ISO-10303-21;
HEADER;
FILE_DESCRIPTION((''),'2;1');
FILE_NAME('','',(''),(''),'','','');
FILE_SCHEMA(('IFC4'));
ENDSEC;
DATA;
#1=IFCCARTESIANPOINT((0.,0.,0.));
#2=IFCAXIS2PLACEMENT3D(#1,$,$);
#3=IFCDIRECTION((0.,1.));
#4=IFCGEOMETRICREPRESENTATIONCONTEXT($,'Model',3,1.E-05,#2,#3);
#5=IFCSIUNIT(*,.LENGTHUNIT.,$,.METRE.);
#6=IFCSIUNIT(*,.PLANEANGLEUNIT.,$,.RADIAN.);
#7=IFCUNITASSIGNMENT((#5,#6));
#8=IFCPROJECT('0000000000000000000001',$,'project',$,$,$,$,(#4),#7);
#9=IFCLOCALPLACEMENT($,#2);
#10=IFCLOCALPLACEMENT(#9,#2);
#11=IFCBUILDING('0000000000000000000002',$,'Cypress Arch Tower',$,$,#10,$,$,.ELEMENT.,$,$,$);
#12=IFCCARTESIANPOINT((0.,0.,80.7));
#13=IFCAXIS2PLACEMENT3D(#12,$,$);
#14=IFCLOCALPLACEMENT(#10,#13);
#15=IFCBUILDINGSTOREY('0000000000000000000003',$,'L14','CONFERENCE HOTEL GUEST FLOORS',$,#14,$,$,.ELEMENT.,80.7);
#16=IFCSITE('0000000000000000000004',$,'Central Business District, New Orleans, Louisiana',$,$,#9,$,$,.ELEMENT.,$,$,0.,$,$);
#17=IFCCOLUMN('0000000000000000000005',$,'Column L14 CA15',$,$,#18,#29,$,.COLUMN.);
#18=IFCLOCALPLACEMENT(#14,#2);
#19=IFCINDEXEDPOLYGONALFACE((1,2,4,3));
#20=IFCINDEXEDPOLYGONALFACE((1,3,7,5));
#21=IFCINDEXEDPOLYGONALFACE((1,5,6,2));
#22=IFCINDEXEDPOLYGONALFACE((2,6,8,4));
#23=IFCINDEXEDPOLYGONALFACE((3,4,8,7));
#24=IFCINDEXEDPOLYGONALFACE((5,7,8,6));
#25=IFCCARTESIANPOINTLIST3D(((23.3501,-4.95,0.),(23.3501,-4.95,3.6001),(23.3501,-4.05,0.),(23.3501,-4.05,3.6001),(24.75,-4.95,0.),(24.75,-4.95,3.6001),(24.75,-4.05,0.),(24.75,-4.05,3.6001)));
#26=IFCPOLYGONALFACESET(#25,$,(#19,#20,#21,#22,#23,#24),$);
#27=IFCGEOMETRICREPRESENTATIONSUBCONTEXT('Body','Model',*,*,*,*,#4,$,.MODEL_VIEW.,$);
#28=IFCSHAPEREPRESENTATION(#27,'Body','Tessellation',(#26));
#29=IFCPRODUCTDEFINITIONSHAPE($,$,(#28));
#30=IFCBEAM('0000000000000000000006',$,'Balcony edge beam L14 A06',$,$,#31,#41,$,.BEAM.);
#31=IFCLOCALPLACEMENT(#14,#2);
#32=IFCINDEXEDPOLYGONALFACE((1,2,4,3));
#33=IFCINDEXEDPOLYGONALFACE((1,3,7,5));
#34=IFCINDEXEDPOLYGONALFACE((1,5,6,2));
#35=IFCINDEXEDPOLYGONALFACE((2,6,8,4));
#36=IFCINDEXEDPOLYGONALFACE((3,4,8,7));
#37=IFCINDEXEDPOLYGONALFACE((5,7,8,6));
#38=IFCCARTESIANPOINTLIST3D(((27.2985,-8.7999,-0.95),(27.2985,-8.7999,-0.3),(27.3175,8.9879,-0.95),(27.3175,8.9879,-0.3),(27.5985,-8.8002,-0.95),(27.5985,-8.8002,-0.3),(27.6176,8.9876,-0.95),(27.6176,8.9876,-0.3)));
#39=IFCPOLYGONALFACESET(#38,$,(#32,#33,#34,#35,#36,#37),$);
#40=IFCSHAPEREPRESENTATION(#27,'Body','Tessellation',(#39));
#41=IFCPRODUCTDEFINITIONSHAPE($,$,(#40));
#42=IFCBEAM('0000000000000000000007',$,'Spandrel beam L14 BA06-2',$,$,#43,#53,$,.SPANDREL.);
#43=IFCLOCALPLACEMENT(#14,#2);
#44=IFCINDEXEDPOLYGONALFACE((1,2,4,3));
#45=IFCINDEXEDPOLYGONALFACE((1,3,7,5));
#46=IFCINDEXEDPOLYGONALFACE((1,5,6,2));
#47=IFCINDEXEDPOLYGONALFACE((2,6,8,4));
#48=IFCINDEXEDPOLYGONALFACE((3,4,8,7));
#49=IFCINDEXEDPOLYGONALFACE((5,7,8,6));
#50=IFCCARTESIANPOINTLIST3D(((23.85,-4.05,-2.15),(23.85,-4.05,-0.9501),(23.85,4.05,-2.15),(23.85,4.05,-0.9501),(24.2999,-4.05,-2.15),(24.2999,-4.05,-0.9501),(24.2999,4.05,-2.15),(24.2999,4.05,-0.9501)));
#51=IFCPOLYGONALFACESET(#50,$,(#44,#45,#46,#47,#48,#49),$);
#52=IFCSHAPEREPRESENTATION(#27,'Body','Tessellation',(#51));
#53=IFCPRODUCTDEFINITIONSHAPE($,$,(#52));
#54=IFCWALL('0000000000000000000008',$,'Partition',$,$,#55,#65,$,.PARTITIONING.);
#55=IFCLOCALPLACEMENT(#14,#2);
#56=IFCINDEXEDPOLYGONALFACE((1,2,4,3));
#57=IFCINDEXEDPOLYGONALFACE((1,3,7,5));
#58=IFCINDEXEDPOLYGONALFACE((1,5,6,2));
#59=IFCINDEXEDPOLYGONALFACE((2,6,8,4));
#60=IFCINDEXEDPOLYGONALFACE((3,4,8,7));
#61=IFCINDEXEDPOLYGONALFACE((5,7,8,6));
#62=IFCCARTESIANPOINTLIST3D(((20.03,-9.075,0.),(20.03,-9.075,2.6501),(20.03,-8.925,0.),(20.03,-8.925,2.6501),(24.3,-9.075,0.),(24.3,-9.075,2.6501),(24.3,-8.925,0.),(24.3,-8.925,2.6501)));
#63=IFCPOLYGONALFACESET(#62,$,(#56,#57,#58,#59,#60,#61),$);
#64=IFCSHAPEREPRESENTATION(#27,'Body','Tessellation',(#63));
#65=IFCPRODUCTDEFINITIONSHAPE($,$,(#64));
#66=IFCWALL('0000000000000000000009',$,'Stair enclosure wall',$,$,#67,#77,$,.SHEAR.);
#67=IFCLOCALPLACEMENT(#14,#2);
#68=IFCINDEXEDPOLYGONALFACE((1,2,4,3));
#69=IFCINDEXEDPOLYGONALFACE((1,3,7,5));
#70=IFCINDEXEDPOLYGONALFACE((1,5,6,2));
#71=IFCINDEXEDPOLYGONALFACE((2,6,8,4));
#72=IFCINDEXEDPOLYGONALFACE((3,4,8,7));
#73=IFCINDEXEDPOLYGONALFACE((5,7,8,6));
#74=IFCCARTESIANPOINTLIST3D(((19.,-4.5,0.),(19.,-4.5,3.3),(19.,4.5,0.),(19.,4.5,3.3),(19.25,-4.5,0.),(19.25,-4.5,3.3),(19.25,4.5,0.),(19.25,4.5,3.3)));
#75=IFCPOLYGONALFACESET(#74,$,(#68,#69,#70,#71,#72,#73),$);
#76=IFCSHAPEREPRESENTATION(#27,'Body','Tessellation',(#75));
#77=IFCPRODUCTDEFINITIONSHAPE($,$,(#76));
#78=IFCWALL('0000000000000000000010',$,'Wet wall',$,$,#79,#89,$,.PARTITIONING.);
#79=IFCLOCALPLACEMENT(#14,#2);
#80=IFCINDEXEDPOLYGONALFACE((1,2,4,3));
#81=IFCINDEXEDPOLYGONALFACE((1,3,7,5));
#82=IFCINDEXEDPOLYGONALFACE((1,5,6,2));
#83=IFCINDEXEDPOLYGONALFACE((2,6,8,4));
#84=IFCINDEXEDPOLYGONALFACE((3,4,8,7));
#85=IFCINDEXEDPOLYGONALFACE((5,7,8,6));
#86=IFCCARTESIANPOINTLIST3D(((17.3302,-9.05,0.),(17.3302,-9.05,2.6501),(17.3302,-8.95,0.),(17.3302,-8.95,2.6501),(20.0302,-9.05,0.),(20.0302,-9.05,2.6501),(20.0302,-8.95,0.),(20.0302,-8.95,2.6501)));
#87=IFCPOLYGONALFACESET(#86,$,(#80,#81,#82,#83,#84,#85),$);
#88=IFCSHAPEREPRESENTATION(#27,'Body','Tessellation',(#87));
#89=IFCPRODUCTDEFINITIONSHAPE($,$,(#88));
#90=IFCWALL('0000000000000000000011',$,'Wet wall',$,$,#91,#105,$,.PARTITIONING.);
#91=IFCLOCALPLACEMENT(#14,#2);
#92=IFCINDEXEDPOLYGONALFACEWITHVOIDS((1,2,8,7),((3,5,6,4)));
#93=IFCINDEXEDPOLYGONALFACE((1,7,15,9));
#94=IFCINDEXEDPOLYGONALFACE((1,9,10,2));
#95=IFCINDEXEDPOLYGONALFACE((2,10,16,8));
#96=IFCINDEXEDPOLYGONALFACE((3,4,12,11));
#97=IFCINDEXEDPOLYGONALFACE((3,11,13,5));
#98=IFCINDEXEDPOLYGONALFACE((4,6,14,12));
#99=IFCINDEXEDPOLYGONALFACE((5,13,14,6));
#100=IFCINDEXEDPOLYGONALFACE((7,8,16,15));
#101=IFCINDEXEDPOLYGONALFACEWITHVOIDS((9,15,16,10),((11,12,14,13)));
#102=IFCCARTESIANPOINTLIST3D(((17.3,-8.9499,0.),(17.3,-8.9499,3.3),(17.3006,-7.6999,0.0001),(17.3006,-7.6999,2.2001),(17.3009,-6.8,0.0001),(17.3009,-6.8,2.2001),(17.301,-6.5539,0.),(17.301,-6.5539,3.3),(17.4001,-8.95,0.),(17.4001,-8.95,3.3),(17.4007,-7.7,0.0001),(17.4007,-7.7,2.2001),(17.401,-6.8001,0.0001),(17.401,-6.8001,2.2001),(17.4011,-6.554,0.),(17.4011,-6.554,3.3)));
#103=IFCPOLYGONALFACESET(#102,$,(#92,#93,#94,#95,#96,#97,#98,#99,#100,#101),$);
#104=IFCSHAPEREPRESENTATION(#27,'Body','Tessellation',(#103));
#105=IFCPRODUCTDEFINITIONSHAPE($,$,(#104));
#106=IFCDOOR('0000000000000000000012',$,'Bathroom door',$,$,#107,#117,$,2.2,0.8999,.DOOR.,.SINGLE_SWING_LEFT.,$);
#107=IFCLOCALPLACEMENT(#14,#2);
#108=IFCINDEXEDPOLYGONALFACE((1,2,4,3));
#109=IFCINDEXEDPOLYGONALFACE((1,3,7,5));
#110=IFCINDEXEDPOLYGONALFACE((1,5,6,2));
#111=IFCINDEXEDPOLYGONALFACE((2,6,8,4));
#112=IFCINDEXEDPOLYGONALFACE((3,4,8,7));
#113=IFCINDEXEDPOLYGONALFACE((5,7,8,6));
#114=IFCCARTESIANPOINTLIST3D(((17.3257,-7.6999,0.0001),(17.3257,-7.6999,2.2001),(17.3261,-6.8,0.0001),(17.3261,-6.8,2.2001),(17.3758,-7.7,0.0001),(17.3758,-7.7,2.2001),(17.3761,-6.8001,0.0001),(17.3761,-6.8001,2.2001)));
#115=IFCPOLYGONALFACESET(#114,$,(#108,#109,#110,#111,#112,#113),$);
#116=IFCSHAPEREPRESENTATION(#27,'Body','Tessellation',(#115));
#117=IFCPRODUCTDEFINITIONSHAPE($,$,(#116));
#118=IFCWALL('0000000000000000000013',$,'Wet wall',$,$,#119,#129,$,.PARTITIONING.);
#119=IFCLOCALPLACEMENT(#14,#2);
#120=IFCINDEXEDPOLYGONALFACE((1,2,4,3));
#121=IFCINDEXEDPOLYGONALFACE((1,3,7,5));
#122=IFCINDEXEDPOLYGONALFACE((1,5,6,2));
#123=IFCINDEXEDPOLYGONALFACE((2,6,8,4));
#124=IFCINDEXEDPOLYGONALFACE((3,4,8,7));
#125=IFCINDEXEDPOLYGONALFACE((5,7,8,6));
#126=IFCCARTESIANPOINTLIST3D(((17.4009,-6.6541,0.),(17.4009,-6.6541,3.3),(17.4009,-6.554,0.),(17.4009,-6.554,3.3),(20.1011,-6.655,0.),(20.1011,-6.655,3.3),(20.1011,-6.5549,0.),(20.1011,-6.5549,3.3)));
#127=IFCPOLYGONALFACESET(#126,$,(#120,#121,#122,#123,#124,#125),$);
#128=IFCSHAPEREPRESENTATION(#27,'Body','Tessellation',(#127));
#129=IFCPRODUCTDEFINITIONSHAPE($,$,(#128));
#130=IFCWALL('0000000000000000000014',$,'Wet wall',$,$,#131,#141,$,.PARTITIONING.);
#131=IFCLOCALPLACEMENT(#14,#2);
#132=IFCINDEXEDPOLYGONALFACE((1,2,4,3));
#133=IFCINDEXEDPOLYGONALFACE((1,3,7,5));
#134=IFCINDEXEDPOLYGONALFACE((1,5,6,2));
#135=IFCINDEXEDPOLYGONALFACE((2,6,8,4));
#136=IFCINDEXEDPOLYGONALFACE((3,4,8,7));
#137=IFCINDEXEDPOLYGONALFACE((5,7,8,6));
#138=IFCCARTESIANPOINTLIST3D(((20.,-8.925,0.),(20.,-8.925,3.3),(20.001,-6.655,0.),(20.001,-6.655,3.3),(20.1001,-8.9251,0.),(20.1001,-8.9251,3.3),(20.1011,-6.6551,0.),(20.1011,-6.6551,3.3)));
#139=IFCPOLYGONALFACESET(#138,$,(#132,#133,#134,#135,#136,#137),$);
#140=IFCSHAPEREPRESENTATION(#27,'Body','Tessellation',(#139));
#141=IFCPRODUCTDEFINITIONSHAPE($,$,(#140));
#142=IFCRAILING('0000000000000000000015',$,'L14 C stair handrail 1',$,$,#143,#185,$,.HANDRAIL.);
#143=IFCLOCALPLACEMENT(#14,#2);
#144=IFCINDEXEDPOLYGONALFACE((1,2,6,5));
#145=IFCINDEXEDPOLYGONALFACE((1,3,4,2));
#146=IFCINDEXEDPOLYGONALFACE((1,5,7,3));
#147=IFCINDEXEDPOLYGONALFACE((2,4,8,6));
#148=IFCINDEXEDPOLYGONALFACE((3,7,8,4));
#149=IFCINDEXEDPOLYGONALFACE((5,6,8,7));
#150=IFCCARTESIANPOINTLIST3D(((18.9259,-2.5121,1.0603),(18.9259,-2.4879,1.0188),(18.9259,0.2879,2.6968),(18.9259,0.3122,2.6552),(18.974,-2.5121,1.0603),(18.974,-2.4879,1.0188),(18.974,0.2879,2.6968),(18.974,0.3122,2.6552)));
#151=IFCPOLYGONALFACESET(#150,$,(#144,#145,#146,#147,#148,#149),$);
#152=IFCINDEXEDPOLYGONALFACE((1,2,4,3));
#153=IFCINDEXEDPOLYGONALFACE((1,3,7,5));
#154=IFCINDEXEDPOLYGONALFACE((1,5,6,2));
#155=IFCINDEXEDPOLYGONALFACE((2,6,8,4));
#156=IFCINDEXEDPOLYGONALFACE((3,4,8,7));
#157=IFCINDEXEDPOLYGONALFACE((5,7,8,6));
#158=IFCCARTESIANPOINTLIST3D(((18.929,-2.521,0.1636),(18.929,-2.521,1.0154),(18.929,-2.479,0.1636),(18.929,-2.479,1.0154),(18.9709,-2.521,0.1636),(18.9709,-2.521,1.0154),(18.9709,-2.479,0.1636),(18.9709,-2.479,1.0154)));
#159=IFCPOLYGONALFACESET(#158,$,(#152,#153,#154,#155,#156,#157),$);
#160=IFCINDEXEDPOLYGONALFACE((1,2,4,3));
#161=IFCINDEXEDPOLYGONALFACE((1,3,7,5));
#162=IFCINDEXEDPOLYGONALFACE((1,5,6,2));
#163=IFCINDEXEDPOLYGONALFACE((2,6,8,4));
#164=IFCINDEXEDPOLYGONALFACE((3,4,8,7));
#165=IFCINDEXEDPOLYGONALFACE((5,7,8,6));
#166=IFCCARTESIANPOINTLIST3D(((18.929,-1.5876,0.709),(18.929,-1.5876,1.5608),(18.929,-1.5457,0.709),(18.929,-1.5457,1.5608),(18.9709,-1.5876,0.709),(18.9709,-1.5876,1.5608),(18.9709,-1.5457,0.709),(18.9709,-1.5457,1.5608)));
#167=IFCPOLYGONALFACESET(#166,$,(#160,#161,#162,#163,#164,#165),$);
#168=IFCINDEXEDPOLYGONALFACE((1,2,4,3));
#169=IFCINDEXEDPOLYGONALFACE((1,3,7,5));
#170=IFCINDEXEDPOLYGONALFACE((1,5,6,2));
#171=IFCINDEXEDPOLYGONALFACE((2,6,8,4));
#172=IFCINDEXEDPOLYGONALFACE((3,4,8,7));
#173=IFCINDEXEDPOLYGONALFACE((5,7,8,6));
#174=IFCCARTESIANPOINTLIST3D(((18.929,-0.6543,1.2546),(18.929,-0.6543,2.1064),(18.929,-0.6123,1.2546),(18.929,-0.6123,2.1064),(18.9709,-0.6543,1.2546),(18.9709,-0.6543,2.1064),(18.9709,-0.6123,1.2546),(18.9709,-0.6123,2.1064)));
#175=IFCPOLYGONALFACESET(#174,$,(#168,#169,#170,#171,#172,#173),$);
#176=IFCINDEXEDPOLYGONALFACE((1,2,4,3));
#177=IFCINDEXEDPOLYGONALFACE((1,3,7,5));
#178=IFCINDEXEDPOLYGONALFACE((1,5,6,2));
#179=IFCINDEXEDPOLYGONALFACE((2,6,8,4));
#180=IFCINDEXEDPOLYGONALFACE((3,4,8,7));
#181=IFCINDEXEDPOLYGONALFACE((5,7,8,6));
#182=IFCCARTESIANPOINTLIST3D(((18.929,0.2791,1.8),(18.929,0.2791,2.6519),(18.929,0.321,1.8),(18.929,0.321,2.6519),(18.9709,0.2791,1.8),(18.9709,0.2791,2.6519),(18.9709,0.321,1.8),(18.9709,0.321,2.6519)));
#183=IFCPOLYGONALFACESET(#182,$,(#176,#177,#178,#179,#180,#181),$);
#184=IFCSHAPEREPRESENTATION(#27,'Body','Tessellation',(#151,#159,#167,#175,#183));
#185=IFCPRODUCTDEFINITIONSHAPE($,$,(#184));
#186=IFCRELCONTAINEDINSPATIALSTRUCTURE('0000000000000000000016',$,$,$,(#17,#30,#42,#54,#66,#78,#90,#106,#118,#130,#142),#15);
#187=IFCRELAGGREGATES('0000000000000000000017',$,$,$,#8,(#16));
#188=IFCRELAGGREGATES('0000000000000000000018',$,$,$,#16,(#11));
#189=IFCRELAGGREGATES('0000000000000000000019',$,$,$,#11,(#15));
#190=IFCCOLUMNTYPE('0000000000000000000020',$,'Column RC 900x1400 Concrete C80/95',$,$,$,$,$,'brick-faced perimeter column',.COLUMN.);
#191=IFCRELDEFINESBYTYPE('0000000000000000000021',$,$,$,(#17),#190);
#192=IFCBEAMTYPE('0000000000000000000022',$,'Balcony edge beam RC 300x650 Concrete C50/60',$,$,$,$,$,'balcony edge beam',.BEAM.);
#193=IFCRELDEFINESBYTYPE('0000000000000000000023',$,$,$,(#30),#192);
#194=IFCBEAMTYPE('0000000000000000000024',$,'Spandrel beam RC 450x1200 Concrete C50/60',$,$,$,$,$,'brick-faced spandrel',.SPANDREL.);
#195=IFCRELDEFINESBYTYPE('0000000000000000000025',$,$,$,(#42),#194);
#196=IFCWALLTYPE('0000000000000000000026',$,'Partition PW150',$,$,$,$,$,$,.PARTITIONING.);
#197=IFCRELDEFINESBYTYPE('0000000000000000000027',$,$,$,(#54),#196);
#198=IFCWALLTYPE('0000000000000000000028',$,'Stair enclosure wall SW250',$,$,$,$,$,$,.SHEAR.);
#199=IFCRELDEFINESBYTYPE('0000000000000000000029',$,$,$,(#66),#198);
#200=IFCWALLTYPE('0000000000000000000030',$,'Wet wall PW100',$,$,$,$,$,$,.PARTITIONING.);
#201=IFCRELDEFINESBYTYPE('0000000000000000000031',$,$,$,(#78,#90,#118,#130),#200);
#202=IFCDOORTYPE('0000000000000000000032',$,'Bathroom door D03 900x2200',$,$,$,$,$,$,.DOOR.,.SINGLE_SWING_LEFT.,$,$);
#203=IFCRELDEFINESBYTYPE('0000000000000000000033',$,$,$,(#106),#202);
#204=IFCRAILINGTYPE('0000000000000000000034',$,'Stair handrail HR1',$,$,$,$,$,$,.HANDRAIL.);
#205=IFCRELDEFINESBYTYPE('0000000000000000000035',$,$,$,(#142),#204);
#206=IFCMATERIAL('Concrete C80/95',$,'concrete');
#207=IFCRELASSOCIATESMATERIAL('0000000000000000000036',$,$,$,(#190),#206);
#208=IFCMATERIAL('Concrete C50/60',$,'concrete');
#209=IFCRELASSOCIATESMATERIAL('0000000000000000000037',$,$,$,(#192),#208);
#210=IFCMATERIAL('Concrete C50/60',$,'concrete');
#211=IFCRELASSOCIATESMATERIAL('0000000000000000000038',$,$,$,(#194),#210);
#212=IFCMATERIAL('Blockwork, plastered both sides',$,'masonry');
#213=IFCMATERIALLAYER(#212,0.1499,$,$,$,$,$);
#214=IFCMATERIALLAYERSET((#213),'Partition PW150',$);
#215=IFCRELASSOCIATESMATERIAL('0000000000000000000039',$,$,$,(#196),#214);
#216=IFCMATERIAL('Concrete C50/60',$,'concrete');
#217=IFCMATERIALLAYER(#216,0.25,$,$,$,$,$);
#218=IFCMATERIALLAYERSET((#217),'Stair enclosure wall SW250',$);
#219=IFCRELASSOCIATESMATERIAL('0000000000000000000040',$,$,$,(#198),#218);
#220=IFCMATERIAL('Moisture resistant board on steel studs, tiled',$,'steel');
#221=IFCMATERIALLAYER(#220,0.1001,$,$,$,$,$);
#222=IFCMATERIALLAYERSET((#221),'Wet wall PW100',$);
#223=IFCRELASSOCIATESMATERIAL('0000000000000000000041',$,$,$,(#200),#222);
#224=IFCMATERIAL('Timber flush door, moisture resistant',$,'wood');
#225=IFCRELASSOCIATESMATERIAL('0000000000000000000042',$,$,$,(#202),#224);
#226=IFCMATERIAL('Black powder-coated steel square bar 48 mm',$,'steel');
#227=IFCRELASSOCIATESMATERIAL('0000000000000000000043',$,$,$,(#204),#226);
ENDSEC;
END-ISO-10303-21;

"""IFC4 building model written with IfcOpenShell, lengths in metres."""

from ifc_helpers import new_model, si_unit, direction, frame, frame_2d, origin, origin_2d, place, context, subcontext, project, spatial, rectangle, extrude, material, layer, layer_set, material_profile, profile_set, type_object, element, fill, save


model = new_model("IFC4")

# Units and contexts
model_context = context("Model", 3, precision=1e-05, world=origin(), true_north=direction((0.0, 1.0)))
body_context = subcontext(model_context, "Body", "Model", "MODEL_VIEW")
ifc_project = project(units=[si_unit("LENGTHUNIT", "METRE"), si_unit("PLANEANGLEUNIT", "RADIAN")], contexts=[model_context])

# Site, building, storey
site_placement = place(None, origin())
site = spatial("IfcSite", under=ifc_project, at=site_placement, Name="Central Business District, New Orleans, Louisiana", CompositionType="ELEMENT", RefElevation=0.0)
building_placement = place(site_placement, origin())
building = spatial("IfcBuilding", under=site, at=building_placement, Name="Cypress Arch Tower", CompositionType="ELEMENT")
storey_placement = place(building_placement, frame((0.0, 0.0, 80.7)))
storey = spatial("IfcBuildingStorey", under=building, at=storey_placement, Name="L14", Description="CONFERENCE HOTEL GUEST FLOORS", CompositionType="ELEMENT", Elevation=80.7)

# Column
ifc_material_1 = material(Name="Concrete C80/95", Category="concrete")
ifc_material_profile_1 = material_profile(ifc_material_1, rectangle(XDim=0.8999, YDim=1.3999, at=origin_2d()), Name="RC 900x1400")
ifc_profile_set_1 = profile_set([ifc_material_profile_1], Name="Concrete C80/95")
column_type = type_object("IfcColumnType", Name="Column RC 900x1400 Concrete C80/95", ElementType="brick-faced perimeter column", PredefinedType="COLUMN", material=ifc_profile_set_1)
column_placement = place(storey_placement, frame((24.05, -4.5, 0.0), z_axis=(0.0, 0.0, 1.0), x_axis=(0.0, 1.0, 0.0)))
element("IfcColumn", 1, at=column_placement, inside=storey, type_object=column_type, Name="Column L14 CA15", PredefinedType="COLUMN", context=body_context, shape_type="SweptSolid", body=[
    extrude(rectangle(XDim=0.8999, YDim=1.3999, at=origin_2d()), origin(), (0.0, 0.0, 1.0), 3.6001),
])

# Beams
ifc_material_2 = material(Name="Concrete C50/60", Category="concrete")
ifc_material_profile_2 = material_profile(ifc_material_2, rectangle(XDim=0.3, YDim=0.6499, at=origin_2d()), Name="RC 300x650")
ifc_profile_set_2 = profile_set([ifc_material_profile_2], Name="Concrete C50/60")
beam_type_1 = type_object("IfcBeamType", Name="Balcony edge beam RC 300x650 Concrete C50/60", ElementType="balcony edge beam", PredefinedType="BEAM", material=ifc_profile_set_2)
beam_1_placement = place(storey_placement, frame((27.4485, -8.8, -0.625), z_axis=(0.001071, 0.999999, 0.0), x_axis=(-0.999999, 0.001071, 0.0)))
element("IfcBeam", 2, at=beam_1_placement, inside=storey, type_object=beam_type_1, Name="Balcony edge beam L14 A06", PredefinedType="BEAM", context=body_context, shape_type="SweptSolid", body=[
    extrude(rectangle(XDim=0.3, YDim=0.6499, at=origin_2d()), origin(), (0.0, 0.0, 1.0), 17.7878),
])
ifc_material_3 = material(Name="Concrete C50/60", Category="concrete")
ifc_material_profile_3 = material_profile(ifc_material_3, rectangle(XDim=0.45, YDim=1.2, at=origin_2d()), Name="RC 450x1200")
ifc_profile_set_3 = profile_set([ifc_material_profile_3], Name="Concrete C50/60")
beam_type_2 = type_object("IfcBeamType", Name="Spandrel beam RC 450x1200 Concrete C50/60", ElementType="brick-faced spandrel", PredefinedType="SPANDREL", material=ifc_profile_set_3)
beam_2_placement = place(storey_placement, frame((24.075, -4.05, -1.55), z_axis=(0.0, 1.0, 0.0), x_axis=(-1.0, 0.0, 0.0)))
element("IfcBeam", 3, at=beam_2_placement, inside=storey, type_object=beam_type_2, Name="Spandrel beam L14 BA06-2", PredefinedType="SPANDREL", context=body_context, shape_type="SweptSolid", body=[
    extrude(rectangle(XDim=0.45, YDim=1.2, at=origin_2d()), origin(), (0.0, 0.0, 1.0), 8.1001),
])

# Walls
ifc_material_4 = material(Name="Blockwork, plastered both sides", Category="masonry")
ifc_layer_1 = layer(ifc_material_4, 0.1499)
ifc_layer_set_1 = layer_set([ifc_layer_1], Name="Partition PW150")
wall_type_1 = type_object("IfcWallType", Name="Partition PW150", PredefinedType="PARTITIONING", material=ifc_layer_set_1)
wall_1_placement = place(storey_placement, frame((20.03, -9.0, 0.0), z_axis=(0.0, 0.0, 1.0), x_axis=(1.0, 0.0, 0.0)))
element("IfcWall", 4, at=wall_1_placement, inside=storey, type_object=wall_type_1, Name="Partition", PredefinedType="PARTITIONING", context=body_context, shape_type="SweptSolid", body=[
    extrude(rectangle(XDim=4.27, YDim=0.1499, at=frame_2d((2.135, 0.0))), origin(), (0.0, 0.0, 1.0), 2.6501),
])
ifc_material_5 = material(Name="Concrete C50/60", Category="concrete")
ifc_layer_2 = layer(ifc_material_5, 0.25)
ifc_layer_set_2 = layer_set([ifc_layer_2], Name="Stair enclosure wall SW250")
wall_type_2 = type_object("IfcWallType", Name="Stair enclosure wall SW250", PredefinedType="SHEAR", material=ifc_layer_set_2)
wall_2_placement = place(storey_placement, frame((19.125, -4.5, 0.0), z_axis=(0.0, 0.0, 1.0), x_axis=(0.0, 1.0, 0.0)))
element("IfcWall", 5, at=wall_2_placement, inside=storey, type_object=wall_type_2, Name="Stair enclosure wall", PredefinedType="SHEAR", context=body_context, shape_type="SweptSolid", body=[
    extrude(rectangle(XDim=9.0, YDim=0.25, at=frame_2d((4.5, 0.0))), origin(), (0.0, 0.0, 1.0), 3.3),
])
ifc_material_6 = material(Name="Moisture resistant board on steel studs, tiled", Category="steel")
ifc_layer_3 = layer(ifc_material_6, 0.1001)
ifc_layer_set_3 = layer_set([ifc_layer_3], Name="Wet wall PW100")
wall_type_3 = type_object("IfcWallType", Name="Wet wall PW100", PredefinedType="PARTITIONING", material=ifc_layer_set_3)
wall_3_placement = place(storey_placement, frame((17.3301, -9.0, 0.0), z_axis=(0.0, 0.0, 1.0), x_axis=(1.0, 0.0, 0.0)))
element("IfcWall", 6, at=wall_3_placement, inside=storey, type_object=wall_type_3, Name="Wet wall", PredefinedType="PARTITIONING", context=body_context, shape_type="SweptSolid", body=[
    extrude(rectangle(XDim=2.7, YDim=0.1001, at=frame_2d((1.3501, 0.0))), origin(), (0.0, 0.0, 1.0), 2.6501),
])

# Wall, opening, door
wall_4_placement = place(storey_placement, frame((17.3501, -8.95, 0.0), z_axis=(0.0, 0.0, 1.0), x_axis=(0.000408, 1.0, 0.0)))
wall_4 = element("IfcWall", 7, at=wall_4_placement, inside=storey, type_object=wall_type_3, Name="Wet wall", PredefinedType="PARTITIONING", context=body_context, shape_type="SweptSolid", body=[
    extrude(rectangle(XDim=2.396, YDim=0.1001, at=frame_2d((1.198, 0.0))), origin(), (0.0, 0.0, 1.0), 3.3),
])
opening_1_placement = place(wall_4_placement, frame((1.25, 0.0, 0.0)))
opening_1 = element("IfcOpeningElement", 8, at=opening_1_placement, cuts=wall_4, PredefinedType="OPENING", context=body_context, shape_type="SweptSolid", body=[
    extrude(rectangle(XDim=0.8999, YDim=2.2, at=frame_2d((0.45, 1.1001))), frame((0.0, 0.0601, 0.0), z_axis=(0.0, -1.0, 0.0), x_axis=(1.0, 0.0, 0.0)), (0.0, 0.0, 1.0), 0.1201),
])
ifc_material_7 = material(Name="Timber flush door, moisture resistant", Category="wood")
door_type_1 = type_object("IfcDoorType", Name="Bathroom door D03 900x2200", OperationType="SINGLE_SWING_LEFT", PredefinedType="DOOR", material=ifc_material_7)
door_1_placement = place(opening_1_placement, origin())
door_1 = element("IfcDoor", 9, at=door_1_placement, inside=storey, type_object=door_type_1, Name="Bathroom door", OperationType="SINGLE_SWING_LEFT", OverallHeight=2.2, OverallWidth=0.8999, PredefinedType="DOOR", context=body_context, shape_type="SweptSolid", body=[
    extrude(rectangle(XDim=0.8999, YDim=2.2, at=frame_2d((0.45, 1.1001))), frame((0.0, 0.0249, 0.0), z_axis=(0.0, -1.0, 0.0), x_axis=(1.0, 0.0, 0.0)), (0.0, 0.0, 1.0), 0.05),
])
fill(opening_1, door_1)

# Walls
wall_5_placement = place(storey_placement, frame((17.4009, -6.604, 0.0), z_axis=(0.0, 0.0, 1.0), x_axis=(1.0, -0.000362, 0.0)))
element("IfcWall", 10, at=wall_5_placement, inside=storey, type_object=wall_type_3, Name="Wet wall", PredefinedType="PARTITIONING", context=body_context, shape_type="SweptSolid", body=[
    extrude(rectangle(XDim=2.7002, YDim=0.1001, at=frame_2d((1.3501, 0.0))), origin(), (0.0, 0.0, 1.0), 3.3),
])
wall_6_placement = place(storey_placement, frame((20.05, -8.925, 0.0), z_axis=(0.0, 0.0, 1.0), x_axis=(0.00043, 1.0, 0.0)))
element("IfcWall", 11, at=wall_6_placement, inside=storey, type_object=wall_type_3, Name="Wet wall", PredefinedType="PARTITIONING", context=body_context, shape_type="SweptSolid", body=[
    extrude(rectangle(XDim=2.27, YDim=0.1001, at=frame_2d((1.135, 0.0))), origin(), (0.0, 0.0, 1.0), 3.3),
])

# Railing
ifc_material_8 = material(Name="Black powder-coated steel square bar 48 mm", Category="steel")
railing_type_1 = type_object("IfcRailingType", Name="Stair handrail HR1", PredefinedType="HANDRAIL", material=ifc_material_8)
railing_1_placement = place(storey_placement, frame((18.95, -2.5, 0.1636)))
element("IfcRailing", 12, at=railing_1_placement, inside=storey, type_object=railing_type_1, Name="L14 C stair handrail 1", PredefinedType="HANDRAIL", context=body_context, shape_type="SweptSolid", body=[
    extrude(rectangle(XDim=0.0481, YDim=0.0481, at=origin_2d()), frame((0.0, 0.0, 0.876), z_axis=(0.0, 0.863361, 0.504587), x_axis=(-1.0, 0.0, 0.0)), (0.0, 0.0, 1.0), 3.2432),
    extrude(rectangle(XDim=0.042, YDim=0.042, at=origin_2d()), origin(), (0.0, 0.0, 1.0), 0.8518),
    extrude(rectangle(XDim=0.042, YDim=0.042, at=origin_2d()), frame((0.0, 0.9333, 0.5454)), (0.0, 0.0, 1.0), 0.8518),
    extrude(rectangle(XDim=0.042, YDim=0.042, at=origin_2d()), frame((0.0, 1.8667, 1.0911)), (0.0, 0.0, 1.0), 0.8518),
    extrude(rectangle(XDim=0.042, YDim=0.042, at=origin_2d()), frame((0.0, 2.8, 1.6365)), (0.0, 0.0, 1.0), 0.8518),
])

save(model, "model.ifc")
